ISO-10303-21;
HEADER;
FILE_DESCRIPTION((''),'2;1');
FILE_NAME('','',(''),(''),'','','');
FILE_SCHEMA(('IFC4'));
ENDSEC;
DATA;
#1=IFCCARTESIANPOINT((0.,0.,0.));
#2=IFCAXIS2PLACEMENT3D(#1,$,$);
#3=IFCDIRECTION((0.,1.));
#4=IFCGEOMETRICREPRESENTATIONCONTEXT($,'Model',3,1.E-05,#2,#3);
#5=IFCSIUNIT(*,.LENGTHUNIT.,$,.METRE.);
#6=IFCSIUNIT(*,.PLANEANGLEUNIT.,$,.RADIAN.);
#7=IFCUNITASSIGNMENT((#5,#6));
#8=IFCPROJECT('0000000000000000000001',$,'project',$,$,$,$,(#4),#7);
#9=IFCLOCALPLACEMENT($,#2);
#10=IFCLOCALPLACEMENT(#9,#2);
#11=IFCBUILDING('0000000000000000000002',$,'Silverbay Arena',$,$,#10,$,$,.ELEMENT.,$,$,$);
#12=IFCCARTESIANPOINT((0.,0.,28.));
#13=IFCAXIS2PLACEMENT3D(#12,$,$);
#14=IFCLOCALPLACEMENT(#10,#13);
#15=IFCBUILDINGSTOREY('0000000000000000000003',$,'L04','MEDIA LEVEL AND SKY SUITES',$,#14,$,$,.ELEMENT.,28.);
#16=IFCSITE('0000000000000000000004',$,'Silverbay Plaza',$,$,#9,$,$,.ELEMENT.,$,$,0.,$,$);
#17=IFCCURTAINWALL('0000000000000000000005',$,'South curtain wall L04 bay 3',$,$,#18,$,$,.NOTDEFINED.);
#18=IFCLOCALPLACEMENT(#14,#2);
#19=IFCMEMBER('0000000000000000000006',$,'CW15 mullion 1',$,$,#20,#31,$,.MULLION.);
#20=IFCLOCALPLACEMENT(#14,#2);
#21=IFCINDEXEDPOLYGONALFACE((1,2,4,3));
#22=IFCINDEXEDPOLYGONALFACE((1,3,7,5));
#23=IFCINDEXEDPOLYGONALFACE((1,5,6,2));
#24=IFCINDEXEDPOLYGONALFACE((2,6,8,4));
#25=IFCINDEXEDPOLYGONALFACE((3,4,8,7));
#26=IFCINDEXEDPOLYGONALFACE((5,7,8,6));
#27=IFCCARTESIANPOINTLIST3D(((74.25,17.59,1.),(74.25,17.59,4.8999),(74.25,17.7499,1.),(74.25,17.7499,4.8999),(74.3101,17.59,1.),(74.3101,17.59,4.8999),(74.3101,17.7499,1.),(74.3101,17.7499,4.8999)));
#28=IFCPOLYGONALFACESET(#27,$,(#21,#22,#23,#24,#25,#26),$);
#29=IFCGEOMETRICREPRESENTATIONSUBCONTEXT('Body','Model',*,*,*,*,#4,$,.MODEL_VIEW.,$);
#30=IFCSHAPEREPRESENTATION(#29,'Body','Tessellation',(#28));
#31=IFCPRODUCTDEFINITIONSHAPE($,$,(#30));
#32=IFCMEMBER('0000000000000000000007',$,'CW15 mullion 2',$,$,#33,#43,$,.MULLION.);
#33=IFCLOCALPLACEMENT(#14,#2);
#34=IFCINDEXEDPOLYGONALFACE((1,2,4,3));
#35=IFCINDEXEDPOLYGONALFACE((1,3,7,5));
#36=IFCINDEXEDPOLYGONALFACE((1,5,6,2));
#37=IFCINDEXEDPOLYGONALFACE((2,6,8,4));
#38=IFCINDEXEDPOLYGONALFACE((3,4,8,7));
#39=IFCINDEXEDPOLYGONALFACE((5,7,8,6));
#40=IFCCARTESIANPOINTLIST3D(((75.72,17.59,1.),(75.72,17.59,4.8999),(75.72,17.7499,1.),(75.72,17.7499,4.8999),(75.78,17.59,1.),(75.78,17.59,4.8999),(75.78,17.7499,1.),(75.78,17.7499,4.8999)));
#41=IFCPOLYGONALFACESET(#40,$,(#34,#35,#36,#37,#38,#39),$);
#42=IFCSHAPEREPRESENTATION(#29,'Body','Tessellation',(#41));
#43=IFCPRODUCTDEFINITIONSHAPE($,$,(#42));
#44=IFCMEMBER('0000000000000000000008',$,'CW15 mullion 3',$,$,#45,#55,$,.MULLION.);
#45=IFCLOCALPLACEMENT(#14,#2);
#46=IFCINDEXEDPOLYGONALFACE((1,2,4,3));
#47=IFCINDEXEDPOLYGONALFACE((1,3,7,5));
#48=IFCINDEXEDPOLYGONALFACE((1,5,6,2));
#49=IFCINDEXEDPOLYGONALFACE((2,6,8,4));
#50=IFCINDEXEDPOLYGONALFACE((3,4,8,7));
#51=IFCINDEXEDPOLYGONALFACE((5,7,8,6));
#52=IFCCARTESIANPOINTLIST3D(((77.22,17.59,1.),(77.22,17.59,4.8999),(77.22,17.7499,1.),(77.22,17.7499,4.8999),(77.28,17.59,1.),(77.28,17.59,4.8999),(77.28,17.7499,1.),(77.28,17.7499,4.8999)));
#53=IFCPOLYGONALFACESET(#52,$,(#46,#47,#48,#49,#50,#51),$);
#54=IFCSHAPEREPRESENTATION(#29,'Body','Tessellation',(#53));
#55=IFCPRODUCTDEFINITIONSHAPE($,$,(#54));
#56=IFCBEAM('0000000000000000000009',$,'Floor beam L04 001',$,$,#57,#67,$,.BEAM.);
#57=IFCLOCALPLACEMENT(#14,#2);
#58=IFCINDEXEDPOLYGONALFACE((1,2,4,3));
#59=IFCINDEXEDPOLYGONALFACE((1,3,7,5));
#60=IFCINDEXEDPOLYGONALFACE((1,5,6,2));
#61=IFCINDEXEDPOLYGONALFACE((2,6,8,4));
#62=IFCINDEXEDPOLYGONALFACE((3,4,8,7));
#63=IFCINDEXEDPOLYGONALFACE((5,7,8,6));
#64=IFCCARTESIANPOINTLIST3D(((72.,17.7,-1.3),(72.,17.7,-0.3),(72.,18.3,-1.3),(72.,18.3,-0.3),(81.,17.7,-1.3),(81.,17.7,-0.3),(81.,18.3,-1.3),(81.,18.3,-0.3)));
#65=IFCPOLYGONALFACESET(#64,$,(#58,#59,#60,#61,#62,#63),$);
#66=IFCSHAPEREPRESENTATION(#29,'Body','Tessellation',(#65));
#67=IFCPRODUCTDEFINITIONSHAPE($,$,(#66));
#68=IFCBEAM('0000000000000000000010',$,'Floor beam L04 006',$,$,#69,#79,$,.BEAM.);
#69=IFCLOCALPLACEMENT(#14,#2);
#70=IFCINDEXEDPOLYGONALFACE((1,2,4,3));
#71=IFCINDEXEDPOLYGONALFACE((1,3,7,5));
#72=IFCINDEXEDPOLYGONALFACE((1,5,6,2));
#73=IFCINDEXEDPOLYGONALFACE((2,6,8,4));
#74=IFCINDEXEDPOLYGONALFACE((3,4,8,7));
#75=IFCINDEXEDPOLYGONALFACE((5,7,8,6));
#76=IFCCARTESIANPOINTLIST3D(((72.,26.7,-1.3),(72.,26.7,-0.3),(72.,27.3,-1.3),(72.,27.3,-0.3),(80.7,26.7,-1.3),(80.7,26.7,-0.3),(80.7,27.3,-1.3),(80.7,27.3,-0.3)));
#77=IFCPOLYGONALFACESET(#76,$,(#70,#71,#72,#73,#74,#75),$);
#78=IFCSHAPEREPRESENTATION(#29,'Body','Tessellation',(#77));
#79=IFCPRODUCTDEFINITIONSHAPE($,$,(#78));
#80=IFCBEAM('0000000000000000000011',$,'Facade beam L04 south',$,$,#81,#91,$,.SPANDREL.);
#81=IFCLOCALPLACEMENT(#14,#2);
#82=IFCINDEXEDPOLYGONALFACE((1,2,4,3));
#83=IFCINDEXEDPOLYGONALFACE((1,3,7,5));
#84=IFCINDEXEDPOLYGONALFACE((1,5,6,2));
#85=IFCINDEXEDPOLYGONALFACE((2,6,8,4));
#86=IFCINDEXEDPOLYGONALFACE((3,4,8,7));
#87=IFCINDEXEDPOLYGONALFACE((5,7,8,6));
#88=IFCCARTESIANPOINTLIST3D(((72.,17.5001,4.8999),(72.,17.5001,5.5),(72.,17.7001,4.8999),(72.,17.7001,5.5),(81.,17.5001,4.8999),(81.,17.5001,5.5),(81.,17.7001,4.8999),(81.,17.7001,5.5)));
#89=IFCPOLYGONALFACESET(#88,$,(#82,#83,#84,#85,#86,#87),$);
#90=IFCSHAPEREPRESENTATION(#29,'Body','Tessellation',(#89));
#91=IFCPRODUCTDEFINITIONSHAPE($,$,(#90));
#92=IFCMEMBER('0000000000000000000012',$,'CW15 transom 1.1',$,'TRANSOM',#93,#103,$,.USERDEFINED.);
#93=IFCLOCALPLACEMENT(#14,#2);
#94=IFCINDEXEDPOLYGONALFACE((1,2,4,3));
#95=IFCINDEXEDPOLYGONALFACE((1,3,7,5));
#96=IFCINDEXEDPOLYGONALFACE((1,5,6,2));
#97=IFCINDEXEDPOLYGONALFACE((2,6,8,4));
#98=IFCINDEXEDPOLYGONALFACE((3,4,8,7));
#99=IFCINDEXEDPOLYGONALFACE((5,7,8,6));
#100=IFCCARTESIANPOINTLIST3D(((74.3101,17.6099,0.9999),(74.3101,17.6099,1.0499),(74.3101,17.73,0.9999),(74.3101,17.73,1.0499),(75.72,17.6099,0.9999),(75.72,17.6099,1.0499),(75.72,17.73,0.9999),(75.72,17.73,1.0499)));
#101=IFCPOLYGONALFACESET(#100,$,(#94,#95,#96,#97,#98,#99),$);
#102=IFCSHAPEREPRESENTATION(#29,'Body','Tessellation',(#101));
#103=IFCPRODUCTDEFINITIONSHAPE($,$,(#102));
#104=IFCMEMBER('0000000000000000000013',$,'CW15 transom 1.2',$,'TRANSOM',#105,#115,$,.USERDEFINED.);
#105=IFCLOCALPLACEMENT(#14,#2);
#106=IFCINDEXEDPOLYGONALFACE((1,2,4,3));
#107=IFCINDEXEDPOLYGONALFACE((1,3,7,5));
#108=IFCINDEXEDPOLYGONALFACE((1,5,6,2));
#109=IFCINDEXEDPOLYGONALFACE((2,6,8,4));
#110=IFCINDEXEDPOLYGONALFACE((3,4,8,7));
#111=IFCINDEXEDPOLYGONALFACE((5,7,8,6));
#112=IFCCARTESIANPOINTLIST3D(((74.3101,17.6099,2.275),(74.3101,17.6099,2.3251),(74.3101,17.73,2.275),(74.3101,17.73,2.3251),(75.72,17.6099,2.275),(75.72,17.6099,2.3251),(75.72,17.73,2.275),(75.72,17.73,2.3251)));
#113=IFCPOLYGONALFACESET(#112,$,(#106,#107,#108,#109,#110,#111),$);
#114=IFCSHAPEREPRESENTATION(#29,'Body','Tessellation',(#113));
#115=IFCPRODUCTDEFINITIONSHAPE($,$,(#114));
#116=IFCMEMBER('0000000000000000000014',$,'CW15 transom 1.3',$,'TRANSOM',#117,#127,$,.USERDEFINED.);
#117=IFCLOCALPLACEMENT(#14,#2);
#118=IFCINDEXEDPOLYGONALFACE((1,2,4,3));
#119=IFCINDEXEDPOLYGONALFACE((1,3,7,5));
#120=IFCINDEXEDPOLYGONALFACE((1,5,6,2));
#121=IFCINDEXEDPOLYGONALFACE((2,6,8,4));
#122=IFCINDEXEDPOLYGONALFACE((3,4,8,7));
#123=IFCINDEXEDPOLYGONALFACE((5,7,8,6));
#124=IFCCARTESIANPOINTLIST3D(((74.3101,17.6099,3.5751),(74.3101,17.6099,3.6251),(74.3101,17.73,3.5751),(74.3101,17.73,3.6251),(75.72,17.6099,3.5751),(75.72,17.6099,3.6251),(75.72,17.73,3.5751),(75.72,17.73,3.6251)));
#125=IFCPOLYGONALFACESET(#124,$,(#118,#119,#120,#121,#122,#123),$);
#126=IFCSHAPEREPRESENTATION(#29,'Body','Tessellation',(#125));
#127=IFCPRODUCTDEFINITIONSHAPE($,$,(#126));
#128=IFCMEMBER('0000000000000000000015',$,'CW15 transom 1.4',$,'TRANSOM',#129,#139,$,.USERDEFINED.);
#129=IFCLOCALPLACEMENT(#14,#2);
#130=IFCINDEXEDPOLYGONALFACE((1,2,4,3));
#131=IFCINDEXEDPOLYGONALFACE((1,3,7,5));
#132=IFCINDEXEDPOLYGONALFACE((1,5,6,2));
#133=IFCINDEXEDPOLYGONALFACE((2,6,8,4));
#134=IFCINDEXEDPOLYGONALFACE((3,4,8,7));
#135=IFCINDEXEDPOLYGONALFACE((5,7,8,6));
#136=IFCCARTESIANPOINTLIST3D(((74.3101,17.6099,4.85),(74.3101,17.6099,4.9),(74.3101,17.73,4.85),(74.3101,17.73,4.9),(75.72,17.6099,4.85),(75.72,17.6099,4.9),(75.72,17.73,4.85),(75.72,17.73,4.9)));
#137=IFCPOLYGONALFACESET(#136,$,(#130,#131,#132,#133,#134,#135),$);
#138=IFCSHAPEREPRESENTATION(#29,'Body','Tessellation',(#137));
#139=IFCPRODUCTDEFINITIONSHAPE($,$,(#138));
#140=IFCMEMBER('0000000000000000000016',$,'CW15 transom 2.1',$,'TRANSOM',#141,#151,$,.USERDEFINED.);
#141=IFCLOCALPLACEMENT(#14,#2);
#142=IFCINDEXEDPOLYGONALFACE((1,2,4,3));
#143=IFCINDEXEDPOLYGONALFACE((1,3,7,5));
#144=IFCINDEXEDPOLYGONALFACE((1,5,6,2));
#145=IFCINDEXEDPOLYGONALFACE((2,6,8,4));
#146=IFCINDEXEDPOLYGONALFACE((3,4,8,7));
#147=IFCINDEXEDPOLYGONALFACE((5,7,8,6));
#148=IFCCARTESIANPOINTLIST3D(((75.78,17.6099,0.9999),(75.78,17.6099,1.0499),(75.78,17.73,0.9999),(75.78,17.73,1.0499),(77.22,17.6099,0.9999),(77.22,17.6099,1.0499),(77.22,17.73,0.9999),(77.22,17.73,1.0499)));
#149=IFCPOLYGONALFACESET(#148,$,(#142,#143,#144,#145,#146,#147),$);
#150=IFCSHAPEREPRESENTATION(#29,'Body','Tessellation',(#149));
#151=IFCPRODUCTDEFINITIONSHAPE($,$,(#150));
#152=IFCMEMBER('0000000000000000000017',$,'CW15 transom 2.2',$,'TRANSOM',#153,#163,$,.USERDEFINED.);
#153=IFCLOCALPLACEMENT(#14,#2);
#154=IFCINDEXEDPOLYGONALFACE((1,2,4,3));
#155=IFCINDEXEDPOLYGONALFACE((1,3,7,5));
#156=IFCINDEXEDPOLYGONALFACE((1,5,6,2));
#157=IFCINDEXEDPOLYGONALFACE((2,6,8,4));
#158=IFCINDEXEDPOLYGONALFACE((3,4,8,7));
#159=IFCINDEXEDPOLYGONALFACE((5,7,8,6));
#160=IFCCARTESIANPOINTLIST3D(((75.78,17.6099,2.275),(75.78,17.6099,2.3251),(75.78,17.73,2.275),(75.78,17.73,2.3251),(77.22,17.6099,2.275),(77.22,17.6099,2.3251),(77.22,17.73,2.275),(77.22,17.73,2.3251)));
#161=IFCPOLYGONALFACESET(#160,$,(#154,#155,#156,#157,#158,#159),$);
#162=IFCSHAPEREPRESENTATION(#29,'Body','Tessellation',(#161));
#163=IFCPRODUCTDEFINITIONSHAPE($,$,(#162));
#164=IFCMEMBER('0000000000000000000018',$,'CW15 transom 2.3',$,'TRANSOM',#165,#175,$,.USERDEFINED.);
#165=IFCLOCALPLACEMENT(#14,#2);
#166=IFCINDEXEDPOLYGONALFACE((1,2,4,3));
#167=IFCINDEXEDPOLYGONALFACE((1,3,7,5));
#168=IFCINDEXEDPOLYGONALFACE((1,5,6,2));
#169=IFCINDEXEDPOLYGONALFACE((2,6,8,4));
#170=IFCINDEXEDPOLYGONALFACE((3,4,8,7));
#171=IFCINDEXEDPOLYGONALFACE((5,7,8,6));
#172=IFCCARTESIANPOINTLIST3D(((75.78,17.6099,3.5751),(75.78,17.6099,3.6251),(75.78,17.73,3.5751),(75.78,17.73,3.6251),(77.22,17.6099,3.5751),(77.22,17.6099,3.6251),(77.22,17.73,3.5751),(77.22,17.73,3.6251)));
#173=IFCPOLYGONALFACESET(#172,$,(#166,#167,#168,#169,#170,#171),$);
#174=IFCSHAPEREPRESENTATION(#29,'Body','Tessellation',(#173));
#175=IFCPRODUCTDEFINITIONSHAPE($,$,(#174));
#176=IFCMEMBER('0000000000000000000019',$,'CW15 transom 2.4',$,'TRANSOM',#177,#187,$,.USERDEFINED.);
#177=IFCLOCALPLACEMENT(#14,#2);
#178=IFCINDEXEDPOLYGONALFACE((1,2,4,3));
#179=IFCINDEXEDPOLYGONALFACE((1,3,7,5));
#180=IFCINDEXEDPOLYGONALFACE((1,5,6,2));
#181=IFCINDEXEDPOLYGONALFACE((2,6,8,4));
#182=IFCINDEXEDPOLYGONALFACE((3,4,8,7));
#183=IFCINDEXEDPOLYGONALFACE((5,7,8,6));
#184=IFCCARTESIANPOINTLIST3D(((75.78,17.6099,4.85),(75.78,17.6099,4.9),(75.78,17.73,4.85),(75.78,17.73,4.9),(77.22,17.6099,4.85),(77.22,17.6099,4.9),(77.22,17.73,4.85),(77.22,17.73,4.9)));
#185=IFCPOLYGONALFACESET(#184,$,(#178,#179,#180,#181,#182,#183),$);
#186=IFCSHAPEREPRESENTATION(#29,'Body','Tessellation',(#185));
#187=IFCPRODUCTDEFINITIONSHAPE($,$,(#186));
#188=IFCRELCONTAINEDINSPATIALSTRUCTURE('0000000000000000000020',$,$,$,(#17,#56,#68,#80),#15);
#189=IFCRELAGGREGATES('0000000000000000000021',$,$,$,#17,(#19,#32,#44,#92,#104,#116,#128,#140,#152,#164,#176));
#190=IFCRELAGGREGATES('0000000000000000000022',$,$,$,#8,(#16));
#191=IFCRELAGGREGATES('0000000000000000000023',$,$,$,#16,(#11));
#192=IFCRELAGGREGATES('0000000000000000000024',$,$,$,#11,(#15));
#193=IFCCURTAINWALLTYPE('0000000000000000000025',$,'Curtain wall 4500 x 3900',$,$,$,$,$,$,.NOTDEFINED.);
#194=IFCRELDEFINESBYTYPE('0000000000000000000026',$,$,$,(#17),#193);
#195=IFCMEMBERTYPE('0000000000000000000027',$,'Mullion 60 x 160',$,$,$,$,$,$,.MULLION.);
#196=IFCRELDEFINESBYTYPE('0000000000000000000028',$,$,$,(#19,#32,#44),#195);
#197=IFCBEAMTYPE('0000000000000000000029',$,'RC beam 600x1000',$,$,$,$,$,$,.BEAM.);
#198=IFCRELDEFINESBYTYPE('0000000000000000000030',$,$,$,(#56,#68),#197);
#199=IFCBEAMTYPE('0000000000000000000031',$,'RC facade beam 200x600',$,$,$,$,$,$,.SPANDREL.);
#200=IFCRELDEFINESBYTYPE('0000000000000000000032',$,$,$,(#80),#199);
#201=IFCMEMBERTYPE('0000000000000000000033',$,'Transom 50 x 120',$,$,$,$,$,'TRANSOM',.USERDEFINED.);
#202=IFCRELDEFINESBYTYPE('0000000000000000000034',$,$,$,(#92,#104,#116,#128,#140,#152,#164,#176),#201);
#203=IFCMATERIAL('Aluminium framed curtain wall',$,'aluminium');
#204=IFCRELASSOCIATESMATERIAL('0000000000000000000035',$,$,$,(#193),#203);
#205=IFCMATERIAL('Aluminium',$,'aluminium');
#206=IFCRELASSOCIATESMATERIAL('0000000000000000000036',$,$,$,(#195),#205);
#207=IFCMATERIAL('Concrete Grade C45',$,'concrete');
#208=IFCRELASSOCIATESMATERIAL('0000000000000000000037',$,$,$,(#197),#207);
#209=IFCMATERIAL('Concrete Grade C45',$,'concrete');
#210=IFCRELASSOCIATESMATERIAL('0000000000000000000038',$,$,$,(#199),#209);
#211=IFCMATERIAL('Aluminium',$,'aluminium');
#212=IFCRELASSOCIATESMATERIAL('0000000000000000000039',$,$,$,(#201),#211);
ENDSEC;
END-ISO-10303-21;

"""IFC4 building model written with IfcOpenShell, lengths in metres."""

from ifc_helpers import new_model, si_unit, direction, frame, origin, origin_2d, place, context, subcontext, project, spatial, rectangle, extrude, material, material_profile, profile_set, type_object, element, aggregate, save


model = new_model("IFC4")

# Units and contexts
model_context = context("Model", 3, precision=1e-05, world=origin(), true_north=direction((0.0, 1.0)))
body_context = subcontext(model_context, "Body", "Model", "MODEL_VIEW")
ifc_project = project(units=[si_unit("LENGTHUNIT", "METRE"), si_unit("PLANEANGLEUNIT", "RADIAN")], contexts=[model_context])

# Site, building, storey
site_placement = place(None, origin())
site = spatial("IfcSite", under=ifc_project, at=site_placement, Name="Silverbay Plaza", CompositionType="ELEMENT", RefElevation=0.0)
building_placement = place(site_placement, origin())
building = spatial("IfcBuilding", under=site, at=building_placement, Name="Silverbay Arena", CompositionType="ELEMENT")
storey_placement = place(building_placement, frame((0.0, 0.0, 28.0)))
storey = spatial("IfcBuildingStorey", under=building, at=storey_placement, Name="L04", Description="MEDIA LEVEL AND SKY SUITES", CompositionType="ELEMENT", Elevation=28.0)

# Curtain wall, members
ifc_material_1 = material(Name="Aluminium framed curtain wall", Category="aluminium")
curtain_wall_type = type_object("IfcCurtainWallType", Name="Curtain wall 4500 x 3900", PredefinedType="NOTDEFINED", material=ifc_material_1)
curtain_wall_placement = place(storey_placement, origin())
curtain_wall = element("IfcCurtainWall", 1, at=curtain_wall_placement, inside=storey, type_object=curtain_wall_type, Name="South curtain wall L04 bay 3", PredefinedType="NOTDEFINED")
ifc_material_2 = material(Name="Aluminium", Category="aluminium")
ifc_material_profile_1 = material_profile(ifc_material_2, rectangle(XDim=0.1599, YDim=0.0601, at=origin_2d()), Name="Mullion 60 x 160")
ifc_profile_set_1 = profile_set([ifc_material_profile_1], Name="Aluminium")
member_type_1 = type_object("IfcMemberType", Name="Mullion 60 x 160", PredefinedType="MULLION", material=ifc_profile_set_1)
member_1_placement = place(storey_placement, frame((74.28, 17.6699, 1.0), z_axis=(0.0, 0.0, 1.0), x_axis=(0.0, 1.0, 0.0)))
member_1 = element("IfcMember", 2, at=member_1_placement, type_object=member_type_1, Name="CW15 mullion 1", PredefinedType="MULLION", context=body_context, shape_type="SweptSolid", body=[
    extrude(rectangle(XDim=0.1599, YDim=0.0601, at=origin_2d()), origin(), (0.0, 0.0, 1.0), 3.8999),
])
member_2_placement = place(storey_placement, frame((75.75, 17.6699, 1.0), z_axis=(0.0, 0.0, 1.0), x_axis=(0.0, 1.0, 0.0)))
member_2 = element("IfcMember", 3, at=member_2_placement, type_object=member_type_1, Name="CW15 mullion 2", PredefinedType="MULLION", context=body_context, shape_type="SweptSolid", body=[
    extrude(rectangle(XDim=0.1599, YDim=0.0601, at=origin_2d()), origin(), (0.0, 0.0, 1.0), 3.8999),
])
member_3_placement = place(storey_placement, frame((77.25, 17.6699, 1.0), z_axis=(0.0, 0.0, 1.0), x_axis=(0.0, 1.0, 0.0)))
member_3 = element("IfcMember", 4, at=member_3_placement, type_object=member_type_1, Name="CW15 mullion 3", PredefinedType="MULLION", context=body_context, shape_type="SweptSolid", body=[
    extrude(rectangle(XDim=0.1599, YDim=0.0601, at=origin_2d()), origin(), (0.0, 0.0, 1.0), 3.8999),
])

# Beams
ifc_material_3 = material(Name="Concrete Grade C45", Category="concrete")
ifc_material_profile_2 = material_profile(ifc_material_3, rectangle(XDim=0.6001, YDim=1.0, at=origin_2d()), Name="RC 600x1000")
ifc_profile_set_2 = profile_set([ifc_material_profile_2], Name="Concrete Grade C45")
beam_type_1 = type_object("IfcBeamType", Name="RC beam 600x1000", PredefinedType="BEAM", material=ifc_profile_set_2)
beam_1_placement = place(storey_placement, frame((72.0, 18.0, -0.8), z_axis=(1.0, 0.0, 0.0), x_axis=(0.0, 1.0, 0.0)))
element("IfcBeam", 5, at=beam_1_placement, inside=storey, type_object=beam_type_1, Name="Floor beam L04 001", PredefinedType="BEAM", context=body_context, shape_type="SweptSolid", body=[
    extrude(rectangle(XDim=0.6001, YDim=1.0, at=origin_2d()), origin(), (0.0, 0.0, 1.0), 9.0),
])
beam_2_placement = place(storey_placement, frame((72.0, 27.0, -0.8), z_axis=(1.0, 0.0, 0.0), x_axis=(0.0, 1.0, 0.0)))
element("IfcBeam", 6, at=beam_2_placement, inside=storey, type_object=beam_type_1, Name="Floor beam L04 006", PredefinedType="BEAM", context=body_context, shape_type="SweptSolid", body=[
    extrude(rectangle(XDim=0.6001, YDim=1.0, at=origin_2d()), origin(), (0.0, 0.0, 1.0), 8.7),
])
ifc_material_4 = material(Name="Concrete Grade C45", Category="concrete")
ifc_material_profile_3 = material_profile(ifc_material_4, rectangle(XDim=0.2, YDim=0.6001, at=origin_2d()), Name="RC 200x600")
ifc_profile_set_3 = profile_set([ifc_material_profile_3], Name="Concrete Grade C45")
beam_type_2 = type_object("IfcBeamType", Name="RC facade beam 200x600", PredefinedType="SPANDREL", material=ifc_profile_set_3)
beam_3_placement = place(storey_placement, frame((72.0, 17.6001, 5.2), z_axis=(1.0, 0.0, 0.0), x_axis=(0.0, 1.0, 0.0)))
element("IfcBeam", 7, at=beam_3_placement, inside=storey, type_object=beam_type_2, Name="Facade beam L04 south", PredefinedType="SPANDREL", context=body_context, shape_type="SweptSolid", body=[
    extrude(rectangle(XDim=0.2, YDim=0.6001, at=origin_2d()), origin(), (0.0, 0.0, 1.0), 9.0),
])

# Members
ifc_material_5 = material(Name="Aluminium", Category="aluminium")
ifc_material_profile_4 = material_profile(ifc_material_5, rectangle(XDim=0.1201, YDim=0.05, at=origin_2d()), Name="Transom 50 x 120")
ifc_profile_set_4 = profile_set([ifc_material_profile_4], Name="Aluminium")
member_type_2 = type_object("IfcMemberType", Name="Transom 50 x 120", ElementType="TRANSOM", PredefinedType="USERDEFINED", material=ifc_profile_set_4)
member_4_placement = place(storey_placement, frame((74.3101, 17.6699, 1.0249), z_axis=(1.0, 0.0, 0.0), x_axis=(0.0, 1.0, 0.0)))
member_4 = element("IfcMember", 8, at=member_4_placement, type_object=member_type_2, Name="CW15 transom 1.1", ObjectType="TRANSOM", PredefinedType="USERDEFINED", context=body_context, shape_type="SweptSolid", body=[
    extrude(rectangle(XDim=0.1201, YDim=0.05, at=origin_2d()), origin(), (0.0, 0.0, 1.0), 1.4099),
])
member_5_placement = place(storey_placement, frame((74.3101, 17.6699, 2.3), z_axis=(1.0, 0.0, 0.0), x_axis=(0.0, 1.0, 0.0)))
member_5 = element("IfcMember", 9, at=member_5_placement, type_object=member_type_2, Name="CW15 transom 1.2", ObjectType="TRANSOM", PredefinedType="USERDEFINED", context=body_context, shape_type="SweptSolid", body=[
    extrude(rectangle(XDim=0.1201, YDim=0.05, at=origin_2d()), origin(), (0.0, 0.0, 1.0), 1.4099),
])
member_6_placement = place(storey_placement, frame((74.3101, 17.6699, 3.6001), z_axis=(1.0, 0.0, 0.0), x_axis=(0.0, 1.0, 0.0)))
member_6 = element("IfcMember", 10, at=member_6_placement, type_object=member_type_2, Name="CW15 transom 1.3", ObjectType="TRANSOM", PredefinedType="USERDEFINED", context=body_context, shape_type="SweptSolid", body=[
    extrude(rectangle(XDim=0.1201, YDim=0.05, at=origin_2d()), origin(), (0.0, 0.0, 1.0), 1.4099),
])
member_7_placement = place(storey_placement, frame((74.3101, 17.6699, 4.875), z_axis=(1.0, 0.0, 0.0), x_axis=(0.0, 1.0, 0.0)))
member_7 = element("IfcMember", 11, at=member_7_placement, type_object=member_type_2, Name="CW15 transom 1.4", ObjectType="TRANSOM", PredefinedType="USERDEFINED", context=body_context, shape_type="SweptSolid", body=[
    extrude(rectangle(XDim=0.1201, YDim=0.05, at=origin_2d()), origin(), (0.0, 0.0, 1.0), 1.4099),
])
member_8_placement = place(storey_placement, frame((75.78, 17.6699, 1.0249), z_axis=(1.0, 0.0, 0.0), x_axis=(0.0, 1.0, 0.0)))
member_8 = element("IfcMember", 12, at=member_8_placement, type_object=member_type_2, Name="CW15 transom 2.1", ObjectType="TRANSOM", PredefinedType="USERDEFINED", context=body_context, shape_type="SweptSolid", body=[
    extrude(rectangle(XDim=0.1201, YDim=0.05, at=origin_2d()), origin(), (0.0, 0.0, 1.0), 1.4399),
])
member_9_placement = place(storey_placement, frame((75.78, 17.6699, 2.3), z_axis=(1.0, 0.0, 0.0), x_axis=(0.0, 1.0, 0.0)))
member_9 = element("IfcMember", 13, at=member_9_placement, type_object=member_type_2, Name="CW15 transom 2.2", ObjectType="TRANSOM", PredefinedType="USERDEFINED", context=body_context, shape_type="SweptSolid", body=[
    extrude(rectangle(XDim=0.1201, YDim=0.05, at=origin_2d()), origin(), (0.0, 0.0, 1.0), 1.4399),
])
member_10_placement = place(storey_placement, frame((75.78, 17.6699, 3.6001), z_axis=(1.0, 0.0, 0.0), x_axis=(0.0, 1.0, 0.0)))
member_10 = element("IfcMember", 14, at=member_10_placement, type_object=member_type_2, Name="CW15 transom 2.3", ObjectType="TRANSOM", PredefinedType="USERDEFINED", context=body_context, shape_type="SweptSolid", body=[
    extrude(rectangle(XDim=0.1201, YDim=0.05, at=origin_2d()), origin(), (0.0, 0.0, 1.0), 1.4399),
])
member_11_placement = place(storey_placement, frame((75.78, 17.6699, 4.875), z_axis=(1.0, 0.0, 0.0), x_axis=(0.0, 1.0, 0.0)))
member_11 = element("IfcMember", 15, at=member_11_placement, type_object=member_type_2, Name="CW15 transom 2.4", ObjectType="TRANSOM", PredefinedType="USERDEFINED", context=body_context, shape_type="SweptSolid", body=[
    extrude(rectangle(XDim=0.1201, YDim=0.05, at=origin_2d()), origin(), (0.0, 0.0, 1.0), 1.4399),
])

aggregate(curtain_wall, [member_1, member_2, member_3, member_4, member_5, member_6, member_7, member_8, member_9, member_10, member_11])

save(model, "model.ifc")
